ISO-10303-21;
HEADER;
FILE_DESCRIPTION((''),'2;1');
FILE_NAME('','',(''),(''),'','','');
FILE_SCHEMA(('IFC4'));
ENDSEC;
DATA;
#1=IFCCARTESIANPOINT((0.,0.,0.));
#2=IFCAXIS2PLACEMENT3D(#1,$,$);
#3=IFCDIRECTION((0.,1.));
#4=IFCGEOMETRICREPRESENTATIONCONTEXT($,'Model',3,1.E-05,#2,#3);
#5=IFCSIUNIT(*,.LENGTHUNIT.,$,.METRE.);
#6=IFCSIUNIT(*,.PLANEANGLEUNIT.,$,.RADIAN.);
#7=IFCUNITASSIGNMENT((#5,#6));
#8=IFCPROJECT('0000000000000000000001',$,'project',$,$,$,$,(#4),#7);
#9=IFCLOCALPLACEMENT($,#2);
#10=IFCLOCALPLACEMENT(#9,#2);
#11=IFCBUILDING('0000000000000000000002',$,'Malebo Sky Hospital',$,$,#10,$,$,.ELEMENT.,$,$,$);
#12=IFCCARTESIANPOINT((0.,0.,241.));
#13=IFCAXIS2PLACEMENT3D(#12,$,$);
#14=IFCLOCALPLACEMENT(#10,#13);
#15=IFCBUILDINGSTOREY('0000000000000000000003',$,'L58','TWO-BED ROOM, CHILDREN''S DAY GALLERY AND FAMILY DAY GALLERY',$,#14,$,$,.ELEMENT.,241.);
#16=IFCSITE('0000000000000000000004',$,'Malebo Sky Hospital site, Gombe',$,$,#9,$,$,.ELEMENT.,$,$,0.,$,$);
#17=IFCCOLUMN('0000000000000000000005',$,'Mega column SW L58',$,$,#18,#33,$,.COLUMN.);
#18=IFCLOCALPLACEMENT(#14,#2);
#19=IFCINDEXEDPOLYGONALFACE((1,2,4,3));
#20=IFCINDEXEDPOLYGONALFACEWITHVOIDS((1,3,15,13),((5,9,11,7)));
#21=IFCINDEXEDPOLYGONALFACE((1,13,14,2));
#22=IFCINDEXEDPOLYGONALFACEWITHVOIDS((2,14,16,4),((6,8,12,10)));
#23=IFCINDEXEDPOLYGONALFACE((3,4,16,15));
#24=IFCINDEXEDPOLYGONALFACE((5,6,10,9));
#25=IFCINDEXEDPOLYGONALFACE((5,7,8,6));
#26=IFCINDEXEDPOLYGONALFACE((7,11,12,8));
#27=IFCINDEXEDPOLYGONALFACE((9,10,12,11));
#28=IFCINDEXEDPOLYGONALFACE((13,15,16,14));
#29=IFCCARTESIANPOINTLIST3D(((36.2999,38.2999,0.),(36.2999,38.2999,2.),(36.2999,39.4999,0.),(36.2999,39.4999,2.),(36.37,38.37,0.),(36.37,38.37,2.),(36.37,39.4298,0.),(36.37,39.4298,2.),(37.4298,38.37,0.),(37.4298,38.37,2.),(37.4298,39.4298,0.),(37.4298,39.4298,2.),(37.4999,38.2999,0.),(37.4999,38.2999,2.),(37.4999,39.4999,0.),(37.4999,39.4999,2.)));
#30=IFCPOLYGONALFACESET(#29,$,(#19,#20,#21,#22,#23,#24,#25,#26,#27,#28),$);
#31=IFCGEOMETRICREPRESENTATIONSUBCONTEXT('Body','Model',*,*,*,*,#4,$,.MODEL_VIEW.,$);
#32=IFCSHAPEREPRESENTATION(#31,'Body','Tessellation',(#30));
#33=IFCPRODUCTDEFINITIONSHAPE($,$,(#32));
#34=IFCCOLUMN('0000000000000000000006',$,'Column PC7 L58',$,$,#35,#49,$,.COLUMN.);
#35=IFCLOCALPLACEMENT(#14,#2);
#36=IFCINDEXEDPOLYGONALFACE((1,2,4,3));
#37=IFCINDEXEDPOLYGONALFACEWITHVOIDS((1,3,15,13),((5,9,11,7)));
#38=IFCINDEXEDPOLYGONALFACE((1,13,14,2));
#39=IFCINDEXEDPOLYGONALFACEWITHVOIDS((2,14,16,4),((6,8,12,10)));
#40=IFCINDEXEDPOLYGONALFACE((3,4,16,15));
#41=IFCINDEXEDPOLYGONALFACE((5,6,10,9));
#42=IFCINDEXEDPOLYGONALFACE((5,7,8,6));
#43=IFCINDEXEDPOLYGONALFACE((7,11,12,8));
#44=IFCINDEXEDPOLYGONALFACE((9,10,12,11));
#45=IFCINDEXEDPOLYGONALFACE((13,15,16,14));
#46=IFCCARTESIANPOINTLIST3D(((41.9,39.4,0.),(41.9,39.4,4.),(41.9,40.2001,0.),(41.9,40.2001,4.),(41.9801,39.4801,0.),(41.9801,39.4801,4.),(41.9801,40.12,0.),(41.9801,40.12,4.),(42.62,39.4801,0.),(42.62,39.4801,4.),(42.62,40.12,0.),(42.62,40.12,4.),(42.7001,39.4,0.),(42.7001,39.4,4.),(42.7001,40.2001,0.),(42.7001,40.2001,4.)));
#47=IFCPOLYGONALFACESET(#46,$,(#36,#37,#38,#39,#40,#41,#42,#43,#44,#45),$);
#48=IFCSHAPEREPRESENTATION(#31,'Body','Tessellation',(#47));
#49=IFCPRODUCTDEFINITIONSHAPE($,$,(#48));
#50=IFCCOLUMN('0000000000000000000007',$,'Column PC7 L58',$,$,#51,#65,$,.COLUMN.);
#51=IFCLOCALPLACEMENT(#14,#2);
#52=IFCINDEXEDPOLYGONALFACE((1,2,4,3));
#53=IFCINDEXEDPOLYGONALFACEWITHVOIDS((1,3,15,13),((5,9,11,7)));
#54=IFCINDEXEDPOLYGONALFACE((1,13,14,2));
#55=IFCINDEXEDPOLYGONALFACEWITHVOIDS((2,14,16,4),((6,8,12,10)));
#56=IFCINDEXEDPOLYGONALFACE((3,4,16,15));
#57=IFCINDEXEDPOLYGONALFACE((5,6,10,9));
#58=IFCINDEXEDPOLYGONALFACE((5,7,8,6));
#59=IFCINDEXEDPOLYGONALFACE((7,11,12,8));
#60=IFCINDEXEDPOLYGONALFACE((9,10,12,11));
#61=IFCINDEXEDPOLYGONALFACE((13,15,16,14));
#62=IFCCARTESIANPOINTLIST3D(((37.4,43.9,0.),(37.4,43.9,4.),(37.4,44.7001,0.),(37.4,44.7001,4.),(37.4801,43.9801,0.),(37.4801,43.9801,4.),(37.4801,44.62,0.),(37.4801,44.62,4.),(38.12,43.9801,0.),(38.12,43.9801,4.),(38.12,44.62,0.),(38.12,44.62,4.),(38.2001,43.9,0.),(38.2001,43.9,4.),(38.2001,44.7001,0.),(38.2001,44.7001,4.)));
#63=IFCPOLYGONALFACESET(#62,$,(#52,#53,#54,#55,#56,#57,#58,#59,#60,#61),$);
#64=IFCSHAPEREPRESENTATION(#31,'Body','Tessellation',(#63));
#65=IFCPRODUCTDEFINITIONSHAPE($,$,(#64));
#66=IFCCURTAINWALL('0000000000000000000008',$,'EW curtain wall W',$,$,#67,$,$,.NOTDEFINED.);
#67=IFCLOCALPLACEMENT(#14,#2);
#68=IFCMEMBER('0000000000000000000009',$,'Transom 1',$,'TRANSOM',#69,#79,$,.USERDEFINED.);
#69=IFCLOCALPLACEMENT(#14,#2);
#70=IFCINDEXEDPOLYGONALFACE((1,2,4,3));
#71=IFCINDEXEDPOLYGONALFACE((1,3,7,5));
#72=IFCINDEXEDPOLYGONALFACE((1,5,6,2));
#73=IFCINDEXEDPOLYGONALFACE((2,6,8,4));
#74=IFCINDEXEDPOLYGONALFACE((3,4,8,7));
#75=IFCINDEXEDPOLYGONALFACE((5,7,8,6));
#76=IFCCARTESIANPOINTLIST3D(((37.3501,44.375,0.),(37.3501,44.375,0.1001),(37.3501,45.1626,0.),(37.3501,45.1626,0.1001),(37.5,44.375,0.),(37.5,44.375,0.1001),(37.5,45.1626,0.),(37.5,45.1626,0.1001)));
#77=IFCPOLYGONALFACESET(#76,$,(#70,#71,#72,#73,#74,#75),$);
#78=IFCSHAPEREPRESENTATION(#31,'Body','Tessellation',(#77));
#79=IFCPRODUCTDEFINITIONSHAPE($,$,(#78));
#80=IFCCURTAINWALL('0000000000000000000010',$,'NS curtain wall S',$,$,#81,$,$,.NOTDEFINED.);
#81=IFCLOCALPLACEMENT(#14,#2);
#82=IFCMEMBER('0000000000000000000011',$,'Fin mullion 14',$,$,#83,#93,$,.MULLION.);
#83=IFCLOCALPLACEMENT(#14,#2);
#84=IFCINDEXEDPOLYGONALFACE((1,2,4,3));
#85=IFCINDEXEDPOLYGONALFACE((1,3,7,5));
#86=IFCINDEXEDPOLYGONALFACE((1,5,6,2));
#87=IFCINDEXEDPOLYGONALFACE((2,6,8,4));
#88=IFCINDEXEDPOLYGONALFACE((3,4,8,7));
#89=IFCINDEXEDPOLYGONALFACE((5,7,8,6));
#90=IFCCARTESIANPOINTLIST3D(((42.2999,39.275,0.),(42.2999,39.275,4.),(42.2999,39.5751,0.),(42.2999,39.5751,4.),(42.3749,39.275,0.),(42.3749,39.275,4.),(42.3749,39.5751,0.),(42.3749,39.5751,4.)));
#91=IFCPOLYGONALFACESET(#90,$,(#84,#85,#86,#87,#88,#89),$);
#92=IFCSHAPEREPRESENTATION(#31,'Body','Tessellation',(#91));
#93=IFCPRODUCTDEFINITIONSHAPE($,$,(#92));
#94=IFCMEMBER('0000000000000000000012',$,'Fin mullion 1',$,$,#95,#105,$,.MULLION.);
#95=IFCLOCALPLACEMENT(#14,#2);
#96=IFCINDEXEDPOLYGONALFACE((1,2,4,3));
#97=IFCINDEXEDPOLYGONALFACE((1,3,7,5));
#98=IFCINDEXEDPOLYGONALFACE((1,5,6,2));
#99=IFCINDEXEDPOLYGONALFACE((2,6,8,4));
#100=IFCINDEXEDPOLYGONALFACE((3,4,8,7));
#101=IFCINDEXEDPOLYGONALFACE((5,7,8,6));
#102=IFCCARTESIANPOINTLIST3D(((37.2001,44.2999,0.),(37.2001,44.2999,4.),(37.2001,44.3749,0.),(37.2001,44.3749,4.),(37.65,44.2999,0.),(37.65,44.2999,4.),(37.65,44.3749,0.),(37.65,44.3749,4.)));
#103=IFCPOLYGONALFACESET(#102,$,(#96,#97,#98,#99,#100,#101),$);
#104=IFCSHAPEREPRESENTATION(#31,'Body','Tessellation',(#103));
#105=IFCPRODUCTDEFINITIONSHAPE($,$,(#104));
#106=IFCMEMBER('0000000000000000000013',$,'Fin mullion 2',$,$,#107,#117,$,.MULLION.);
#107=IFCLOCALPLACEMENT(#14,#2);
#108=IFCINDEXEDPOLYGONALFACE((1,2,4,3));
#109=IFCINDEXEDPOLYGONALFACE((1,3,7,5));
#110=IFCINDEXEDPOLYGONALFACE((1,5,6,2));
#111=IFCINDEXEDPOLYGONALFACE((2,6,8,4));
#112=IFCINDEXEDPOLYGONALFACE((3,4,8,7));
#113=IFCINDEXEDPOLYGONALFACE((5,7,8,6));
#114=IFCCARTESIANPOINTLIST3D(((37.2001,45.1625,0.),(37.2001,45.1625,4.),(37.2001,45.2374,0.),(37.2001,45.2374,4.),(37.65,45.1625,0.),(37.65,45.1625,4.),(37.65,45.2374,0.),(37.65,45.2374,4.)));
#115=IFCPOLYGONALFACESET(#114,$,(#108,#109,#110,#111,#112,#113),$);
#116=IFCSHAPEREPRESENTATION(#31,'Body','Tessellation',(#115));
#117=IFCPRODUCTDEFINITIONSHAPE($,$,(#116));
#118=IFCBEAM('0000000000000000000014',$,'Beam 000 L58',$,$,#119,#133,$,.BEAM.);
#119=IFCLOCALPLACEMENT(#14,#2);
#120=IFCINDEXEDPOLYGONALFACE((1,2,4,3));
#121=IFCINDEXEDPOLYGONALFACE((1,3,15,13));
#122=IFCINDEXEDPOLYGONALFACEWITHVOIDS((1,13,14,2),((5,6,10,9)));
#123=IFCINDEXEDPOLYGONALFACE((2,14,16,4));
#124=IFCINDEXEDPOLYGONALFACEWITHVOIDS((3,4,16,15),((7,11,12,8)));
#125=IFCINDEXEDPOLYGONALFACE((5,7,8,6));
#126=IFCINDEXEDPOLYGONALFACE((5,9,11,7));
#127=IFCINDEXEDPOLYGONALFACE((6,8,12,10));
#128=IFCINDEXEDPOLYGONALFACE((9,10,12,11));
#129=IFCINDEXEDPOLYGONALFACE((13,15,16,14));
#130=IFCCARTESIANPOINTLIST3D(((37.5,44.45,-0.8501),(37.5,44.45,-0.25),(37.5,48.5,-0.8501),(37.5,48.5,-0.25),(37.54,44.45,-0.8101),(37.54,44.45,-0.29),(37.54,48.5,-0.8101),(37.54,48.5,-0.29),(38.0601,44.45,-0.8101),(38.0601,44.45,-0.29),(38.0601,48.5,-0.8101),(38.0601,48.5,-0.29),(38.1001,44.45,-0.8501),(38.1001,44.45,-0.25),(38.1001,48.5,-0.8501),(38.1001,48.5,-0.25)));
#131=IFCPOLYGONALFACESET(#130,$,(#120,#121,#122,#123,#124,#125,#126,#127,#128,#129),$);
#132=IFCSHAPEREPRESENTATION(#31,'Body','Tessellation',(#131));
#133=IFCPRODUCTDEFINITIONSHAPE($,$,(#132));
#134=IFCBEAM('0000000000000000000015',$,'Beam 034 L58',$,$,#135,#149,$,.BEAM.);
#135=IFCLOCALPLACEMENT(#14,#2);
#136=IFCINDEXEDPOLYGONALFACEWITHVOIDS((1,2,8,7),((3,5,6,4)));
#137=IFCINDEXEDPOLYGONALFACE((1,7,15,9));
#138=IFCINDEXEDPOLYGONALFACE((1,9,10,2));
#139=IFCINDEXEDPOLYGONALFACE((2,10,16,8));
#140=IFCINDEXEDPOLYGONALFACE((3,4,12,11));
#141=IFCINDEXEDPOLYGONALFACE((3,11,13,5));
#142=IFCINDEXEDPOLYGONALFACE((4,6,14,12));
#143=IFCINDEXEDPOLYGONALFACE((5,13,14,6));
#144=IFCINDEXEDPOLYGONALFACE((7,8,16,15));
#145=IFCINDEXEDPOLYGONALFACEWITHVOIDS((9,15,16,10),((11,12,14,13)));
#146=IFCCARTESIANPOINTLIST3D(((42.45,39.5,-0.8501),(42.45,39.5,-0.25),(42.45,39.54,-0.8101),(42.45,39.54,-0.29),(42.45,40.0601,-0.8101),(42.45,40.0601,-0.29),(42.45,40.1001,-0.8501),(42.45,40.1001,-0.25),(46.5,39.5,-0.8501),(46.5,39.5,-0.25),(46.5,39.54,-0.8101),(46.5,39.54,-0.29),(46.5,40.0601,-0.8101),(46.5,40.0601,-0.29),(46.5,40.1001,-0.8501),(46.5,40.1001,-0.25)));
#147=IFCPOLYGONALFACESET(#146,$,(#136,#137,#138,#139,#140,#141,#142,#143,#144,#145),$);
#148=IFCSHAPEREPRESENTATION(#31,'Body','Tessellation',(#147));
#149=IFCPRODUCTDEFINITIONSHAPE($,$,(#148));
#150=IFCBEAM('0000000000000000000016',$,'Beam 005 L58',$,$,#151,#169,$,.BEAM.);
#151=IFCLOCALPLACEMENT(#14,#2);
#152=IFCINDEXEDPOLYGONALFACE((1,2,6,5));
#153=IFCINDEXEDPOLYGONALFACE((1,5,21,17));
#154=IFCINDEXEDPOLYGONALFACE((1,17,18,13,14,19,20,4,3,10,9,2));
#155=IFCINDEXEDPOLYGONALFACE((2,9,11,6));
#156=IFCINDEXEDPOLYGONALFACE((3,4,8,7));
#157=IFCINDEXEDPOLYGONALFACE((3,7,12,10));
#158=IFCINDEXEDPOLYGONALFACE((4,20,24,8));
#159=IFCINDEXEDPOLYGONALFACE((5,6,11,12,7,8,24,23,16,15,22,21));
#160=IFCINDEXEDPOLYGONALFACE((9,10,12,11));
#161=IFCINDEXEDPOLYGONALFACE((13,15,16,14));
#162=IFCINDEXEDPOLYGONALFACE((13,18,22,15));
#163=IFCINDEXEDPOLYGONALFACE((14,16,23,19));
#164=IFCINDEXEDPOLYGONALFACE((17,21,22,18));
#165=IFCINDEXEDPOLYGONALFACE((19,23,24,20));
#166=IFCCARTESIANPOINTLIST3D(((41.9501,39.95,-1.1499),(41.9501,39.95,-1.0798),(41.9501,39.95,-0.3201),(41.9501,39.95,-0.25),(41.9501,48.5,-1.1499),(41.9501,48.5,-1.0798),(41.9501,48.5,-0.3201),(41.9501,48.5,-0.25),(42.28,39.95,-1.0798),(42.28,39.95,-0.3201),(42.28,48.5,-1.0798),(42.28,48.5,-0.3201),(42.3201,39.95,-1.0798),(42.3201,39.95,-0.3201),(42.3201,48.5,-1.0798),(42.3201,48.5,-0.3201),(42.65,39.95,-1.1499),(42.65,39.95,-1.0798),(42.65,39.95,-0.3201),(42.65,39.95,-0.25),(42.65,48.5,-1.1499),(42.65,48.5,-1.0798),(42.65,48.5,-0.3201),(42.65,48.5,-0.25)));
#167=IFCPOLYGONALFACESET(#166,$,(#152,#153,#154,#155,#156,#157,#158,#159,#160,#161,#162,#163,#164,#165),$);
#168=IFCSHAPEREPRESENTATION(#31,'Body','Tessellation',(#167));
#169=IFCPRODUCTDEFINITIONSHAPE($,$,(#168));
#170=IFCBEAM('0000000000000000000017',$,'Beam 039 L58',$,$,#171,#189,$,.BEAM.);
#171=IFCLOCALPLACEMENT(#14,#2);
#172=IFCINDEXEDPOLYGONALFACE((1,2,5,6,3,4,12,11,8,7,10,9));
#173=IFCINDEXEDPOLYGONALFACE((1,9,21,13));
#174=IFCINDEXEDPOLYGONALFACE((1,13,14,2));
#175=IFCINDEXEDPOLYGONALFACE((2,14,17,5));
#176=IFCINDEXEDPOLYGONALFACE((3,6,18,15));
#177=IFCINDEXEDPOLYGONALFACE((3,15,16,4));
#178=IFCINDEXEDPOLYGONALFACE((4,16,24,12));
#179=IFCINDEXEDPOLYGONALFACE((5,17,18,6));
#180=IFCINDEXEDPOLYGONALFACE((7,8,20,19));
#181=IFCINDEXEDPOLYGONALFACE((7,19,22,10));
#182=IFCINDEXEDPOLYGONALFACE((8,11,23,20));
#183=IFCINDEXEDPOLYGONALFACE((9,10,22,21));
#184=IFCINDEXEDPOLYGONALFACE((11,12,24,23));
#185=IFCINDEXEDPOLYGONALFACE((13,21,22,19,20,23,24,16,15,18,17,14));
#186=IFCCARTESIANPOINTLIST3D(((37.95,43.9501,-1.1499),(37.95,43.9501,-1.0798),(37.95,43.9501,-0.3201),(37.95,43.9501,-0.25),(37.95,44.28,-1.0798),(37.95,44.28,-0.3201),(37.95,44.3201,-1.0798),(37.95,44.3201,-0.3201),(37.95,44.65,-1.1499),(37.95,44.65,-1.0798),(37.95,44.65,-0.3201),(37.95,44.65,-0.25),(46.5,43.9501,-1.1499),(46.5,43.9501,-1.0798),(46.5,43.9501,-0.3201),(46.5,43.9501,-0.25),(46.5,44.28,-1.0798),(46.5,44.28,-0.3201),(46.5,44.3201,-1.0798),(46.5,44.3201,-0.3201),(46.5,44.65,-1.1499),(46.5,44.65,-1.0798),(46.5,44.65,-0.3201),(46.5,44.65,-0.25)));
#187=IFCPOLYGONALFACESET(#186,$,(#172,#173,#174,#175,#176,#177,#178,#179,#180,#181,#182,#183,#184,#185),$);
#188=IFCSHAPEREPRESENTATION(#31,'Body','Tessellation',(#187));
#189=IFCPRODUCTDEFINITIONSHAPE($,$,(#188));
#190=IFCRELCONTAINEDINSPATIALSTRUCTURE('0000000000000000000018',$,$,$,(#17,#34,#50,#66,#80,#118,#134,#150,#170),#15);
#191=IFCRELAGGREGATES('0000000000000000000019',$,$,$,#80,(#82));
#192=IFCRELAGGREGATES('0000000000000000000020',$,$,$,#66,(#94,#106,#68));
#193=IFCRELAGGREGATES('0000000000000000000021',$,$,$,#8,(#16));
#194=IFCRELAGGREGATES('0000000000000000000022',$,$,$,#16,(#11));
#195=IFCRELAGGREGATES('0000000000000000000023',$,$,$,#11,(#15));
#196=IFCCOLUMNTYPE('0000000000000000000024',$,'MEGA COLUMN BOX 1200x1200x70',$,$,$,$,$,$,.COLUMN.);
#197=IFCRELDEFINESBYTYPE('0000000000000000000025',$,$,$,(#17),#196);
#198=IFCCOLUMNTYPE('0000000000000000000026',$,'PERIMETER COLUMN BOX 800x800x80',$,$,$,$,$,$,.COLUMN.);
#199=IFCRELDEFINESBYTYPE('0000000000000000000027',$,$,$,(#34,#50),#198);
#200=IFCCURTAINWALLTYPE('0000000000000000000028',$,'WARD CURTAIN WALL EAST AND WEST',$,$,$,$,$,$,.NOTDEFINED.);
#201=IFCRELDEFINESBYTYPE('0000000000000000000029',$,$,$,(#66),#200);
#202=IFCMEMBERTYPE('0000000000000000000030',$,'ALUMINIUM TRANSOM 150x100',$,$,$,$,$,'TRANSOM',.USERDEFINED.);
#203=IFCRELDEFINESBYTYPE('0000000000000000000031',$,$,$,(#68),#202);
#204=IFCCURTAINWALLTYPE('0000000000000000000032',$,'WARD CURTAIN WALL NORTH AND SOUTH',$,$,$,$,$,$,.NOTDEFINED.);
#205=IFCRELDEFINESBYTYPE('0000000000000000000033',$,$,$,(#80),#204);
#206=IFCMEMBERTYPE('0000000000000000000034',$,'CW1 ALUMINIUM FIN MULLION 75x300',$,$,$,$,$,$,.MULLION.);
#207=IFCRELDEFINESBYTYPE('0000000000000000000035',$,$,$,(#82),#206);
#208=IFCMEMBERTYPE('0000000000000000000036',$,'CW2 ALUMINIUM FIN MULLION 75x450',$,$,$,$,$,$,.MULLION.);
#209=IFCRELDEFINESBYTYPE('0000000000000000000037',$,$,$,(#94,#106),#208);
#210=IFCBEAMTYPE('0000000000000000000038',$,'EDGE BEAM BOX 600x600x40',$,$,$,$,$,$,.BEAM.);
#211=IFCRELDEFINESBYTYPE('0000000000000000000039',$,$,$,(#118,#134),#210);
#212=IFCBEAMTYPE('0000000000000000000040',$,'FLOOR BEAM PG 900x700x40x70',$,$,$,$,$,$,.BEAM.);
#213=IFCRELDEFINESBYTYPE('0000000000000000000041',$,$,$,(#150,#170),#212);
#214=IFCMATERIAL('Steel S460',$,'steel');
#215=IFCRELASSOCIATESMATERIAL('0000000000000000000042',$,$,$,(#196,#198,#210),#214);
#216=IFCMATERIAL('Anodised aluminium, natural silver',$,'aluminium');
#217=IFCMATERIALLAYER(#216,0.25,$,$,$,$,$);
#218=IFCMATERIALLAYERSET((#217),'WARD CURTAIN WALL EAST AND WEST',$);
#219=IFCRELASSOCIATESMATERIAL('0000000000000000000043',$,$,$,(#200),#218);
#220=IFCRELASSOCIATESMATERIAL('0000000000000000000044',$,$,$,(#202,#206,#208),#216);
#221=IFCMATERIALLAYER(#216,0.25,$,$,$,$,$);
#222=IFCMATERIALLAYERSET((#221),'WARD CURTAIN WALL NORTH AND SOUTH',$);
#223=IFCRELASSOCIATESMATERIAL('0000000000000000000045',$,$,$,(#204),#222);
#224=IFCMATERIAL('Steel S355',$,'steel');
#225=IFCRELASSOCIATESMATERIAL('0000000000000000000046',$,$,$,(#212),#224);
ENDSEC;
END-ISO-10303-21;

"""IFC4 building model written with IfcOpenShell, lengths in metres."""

from ifc_helpers import new_model, si_unit, direction, frame, origin, origin_2d, place, context, subcontext, project, spatial, rectangle, hollow_rectangle, i_section, extrude, material, layer, layer_set, material_profile, profile_set, type_object, element, aggregate, save


model = new_model("IFC4")

# Units and contexts
model_context = context("Model", 3, precision=1e-05, world=origin(), true_north=direction((0.0, 1.0)))
body_context = subcontext(model_context, "Body", "Model", "MODEL_VIEW")
ifc_project = project(units=[si_unit("LENGTHUNIT", "METRE"), si_unit("PLANEANGLEUNIT", "RADIAN")], contexts=[model_context])

# Site, building, storey
site_placement = place(None, origin())
site = spatial("IfcSite", under=ifc_project, at=site_placement, Name="Malebo Sky Hospital site, Gombe", CompositionType="ELEMENT", RefElevation=0.0)
building_placement = place(site_placement, origin())
building = spatial("IfcBuilding", under=site, at=building_placement, Name="Malebo Sky Hospital", CompositionType="ELEMENT")
storey_placement = place(building_placement, frame((0.0, 0.0, 241.0)))
storey = spatial("IfcBuildingStorey", under=building, at=storey_placement, Name="L58", Description="TWO-BED ROOM, CHILDREN'S DAY GALLERY AND FAMILY DAY GALLERY", CompositionType="ELEMENT", Elevation=241.0)

# Columns
ifc_material_1 = material(Name="Steel S460", Category="steel")
ifc_material_profile_1 = material_profile(ifc_material_1, hollow_rectangle(XDim=1.2, YDim=1.2, WallThickness=0.0701, at=origin_2d()), Name="BOX 1200x1200x70")
ifc_profile_set_1 = profile_set([ifc_material_profile_1], Name="Steel S460")
column_type_1 = type_object("IfcColumnType", Name="MEGA COLUMN BOX 1200x1200x70", PredefinedType="COLUMN", material=ifc_profile_set_1)
column_placement = place(storey_placement, frame((36.8999, 38.8999, 0.0), z_axis=(0.0, 0.0, 1.0), x_axis=(1.0, 0.0, 0.0)))
element("IfcColumn", 1, at=column_placement, inside=storey, type_object=column_type_1, Name="Mega column SW L58", PredefinedType="COLUMN", context=body_context, shape_type="SweptSolid", body=[
    extrude(hollow_rectangle(XDim=1.2, YDim=1.2, WallThickness=0.0701, at=origin_2d()), origin(), (0.0, 0.0, 1.0), 2.0),
])
ifc_material_profile_2 = material_profile(ifc_material_1, hollow_rectangle(XDim=0.8, YDim=0.8, WallThickness=0.0801, at=origin_2d()), Name="BOX 800x800x80")
ifc_profile_set_2 = profile_set([ifc_material_profile_2], Name="Steel S460")
column_type_2 = type_object("IfcColumnType", Name="PERIMETER COLUMN BOX 800x800x80", PredefinedType="COLUMN", material=ifc_profile_set_2)
for number, where, z_axis, x_axis, name in (
    (2, (42.3, 39.8, 0.0), (0.0, 0.0, 1.0), (1.0, 0.0, 0.0), "Column PC7 L58"),
    (3, (37.8, 44.3, 0.0), (0.0, 0.0, 1.0), (1.0, 0.0, 0.0), "Column PC7 L58"),
):
    element("IfcColumn", number, at=place(storey_placement, frame(where, z_axis=z_axis, x_axis=x_axis)), inside=storey, type_object=column_type_2, Name=name, PredefinedType="COLUMN", context=body_context, shape_type="SweptSolid", body=[
        extrude(hollow_rectangle(XDim=0.8, YDim=0.8, WallThickness=0.0801, at=origin_2d()), origin(), (0.0, 0.0, 1.0), 4.0),
    ])

# Curtain walls, members
ifc_material_2 = material(Name="Anodised aluminium, natural silver", Category="aluminium")
ifc_layer_1 = layer(ifc_material_2, 0.25)
ifc_layer_set_1 = layer_set([ifc_layer_1], Name="WARD CURTAIN WALL EAST AND WEST")
curtain_wall_type_1 = type_object("IfcCurtainWallType", Name="WARD CURTAIN WALL EAST AND WEST", PredefinedType="NOTDEFINED", material=ifc_layer_set_1)
curtain_wall_1_placement = place(storey_placement, origin())
curtain_wall_1 = element("IfcCurtainWall", 4, at=curtain_wall_1_placement, inside=storey, type_object=curtain_wall_type_1, Name="EW curtain wall W", PredefinedType="NOTDEFINED")
ifc_material_profile_3 = material_profile(ifc_material_2, rectangle(XDim=0.1499, YDim=0.1001, at=origin_2d()), Name="ALUMINIUM TRANSOM 150x100")
ifc_profile_set_3 = profile_set([ifc_material_profile_3], Name="Anodised aluminium, natural silver")
member_type_1 = type_object("IfcMemberType", Name="ALUMINIUM TRANSOM 150x100", ElementType="TRANSOM", PredefinedType="USERDEFINED", material=ifc_profile_set_3)
member_1_placement = place(storey_placement, frame((37.425, 44.375, 0.05), z_axis=(0.0, 1.0, 0.0), x_axis=(-1.0, 0.0, 0.0)))
member_1 = element("IfcMember", 5, at=member_1_placement, type_object=member_type_1, Name="Transom 1", ObjectType="TRANSOM", PredefinedType="USERDEFINED", context=body_context, shape_type="SweptSolid", body=[
    extrude(rectangle(XDim=0.1499, YDim=0.1001, at=origin_2d()), origin(), (0.0, 0.0, 1.0), 0.7876),
])
ifc_layer_2 = layer(ifc_material_2, 0.25)
ifc_layer_set_2 = layer_set([ifc_layer_2], Name="WARD CURTAIN WALL NORTH AND SOUTH")
curtain_wall_type_2 = type_object("IfcCurtainWallType", Name="WARD CURTAIN WALL NORTH AND SOUTH", PredefinedType="NOTDEFINED", material=ifc_layer_set_2)
curtain_wall_2_placement = place(storey_placement, origin())
curtain_wall_2 = element("IfcCurtainWall", 6, at=curtain_wall_2_placement, inside=storey, type_object=curtain_wall_type_2, Name="NS curtain wall S", PredefinedType="NOTDEFINED")
ifc_material_profile_4 = material_profile(ifc_material_2, rectangle(XDim=0.075, YDim=0.3, at=origin_2d()), Name="CW1 ALUMINIUM FIN MULLION 75x300")
ifc_profile_set_4 = profile_set([ifc_material_profile_4], Name="Anodised aluminium, natural silver")
member_type_2 = type_object("IfcMemberType", Name="CW1 ALUMINIUM FIN MULLION 75x300", PredefinedType="MULLION", material=ifc_profile_set_4)
member_2_placement = place(storey_placement, frame((42.3374, 39.425, 0.0), z_axis=(0.0, 0.0, 1.0), x_axis=(-1.0, 0.0, 0.0)))
member_2 = element("IfcMember", 7, at=member_2_placement, type_object=member_type_2, Name="Fin mullion 14", PredefinedType="MULLION", context=body_context, shape_type="SweptSolid", body=[
    extrude(rectangle(XDim=0.075, YDim=0.3, at=origin_2d()), origin(), (0.0, 0.0, 1.0), 4.0),
])
aggregate(curtain_wall_2, [member_2])

# Members
ifc_material_profile_5 = material_profile(ifc_material_2, rectangle(XDim=0.075, YDim=0.45, at=origin_2d()), Name="CW2 ALUMINIUM FIN MULLION 75x450")
ifc_profile_set_5 = profile_set([ifc_material_profile_5], Name="Anodised aluminium, natural silver")
member_type_3 = type_object("IfcMemberType", Name="CW2 ALUMINIUM FIN MULLION 75x450", PredefinedType="MULLION", material=ifc_profile_set_5)
member_3_placement = place(storey_placement, frame((37.425, 44.3374, 0.0), z_axis=(0.0, 0.0, 1.0), x_axis=(0.0, 1.0, 0.0)))
member_3 = element("IfcMember", 8, at=member_3_placement, type_object=member_type_3, Name="Fin mullion 1", PredefinedType="MULLION", context=body_context, shape_type="SweptSolid", body=[
    extrude(rectangle(XDim=0.075, YDim=0.45, at=origin_2d()), origin(), (0.0, 0.0, 1.0), 4.0),
])
member_4_placement = place(storey_placement, frame((37.425, 45.2, 0.0), z_axis=(0.0, 0.0, 1.0), x_axis=(0.0, 1.0, 0.0)))
member_4 = element("IfcMember", 9, at=member_4_placement, type_object=member_type_3, Name="Fin mullion 2", PredefinedType="MULLION", context=body_context, shape_type="SweptSolid", body=[
    extrude(rectangle(XDim=0.075, YDim=0.45, at=origin_2d()), origin(), (0.0, 0.0, 1.0), 4.0),
])

# Beams
ifc_material_profile_6 = material_profile(ifc_material_1, hollow_rectangle(XDim=0.6001, YDim=0.6001, WallThickness=0.04, at=origin_2d()), Name="BOX 600x600x40")
ifc_profile_set_6 = profile_set([ifc_material_profile_6], Name="Steel S460")
beam_type_1 = type_object("IfcBeamType", Name="EDGE BEAM BOX 600x600x40", PredefinedType="BEAM", material=ifc_profile_set_6)
for number, where, z_axis, x_axis, name in (
    (10, (37.8, 44.45, -0.55), (0.0, 1.0, 0.0), (-1.0, 0.0, 0.0), "Beam 000 L58"),
    (11, (42.45, 39.8, -0.55), (1.0, 0.0, 0.0), (0.0, 1.0, 0.0), "Beam 034 L58"),
):
    element("IfcBeam", number, at=place(storey_placement, frame(where, z_axis=z_axis, x_axis=x_axis)), inside=storey, type_object=beam_type_1, Name=name, PredefinedType="BEAM", context=body_context, shape_type="SweptSolid", body=[
        extrude(hollow_rectangle(XDim=0.6001, YDim=0.6001, WallThickness=0.04, at=origin_2d()), origin(), (0.0, 0.0, 1.0), 4.05),
    ])
ifc_material_3 = material(Name="Steel S355", Category="steel")
ifc_material_profile_7 = material_profile(ifc_material_3, i_section(OverallWidth=0.7, OverallDepth=0.8999, WebThickness=0.04, FlangeThickness=0.0701, at=origin_2d()), Name="PG 900x700x40x70")
ifc_profile_set_7 = profile_set([ifc_material_profile_7], Name="Steel S355")
beam_type_2 = type_object("IfcBeamType", Name="FLOOR BEAM PG 900x700x40x70", PredefinedType="BEAM", material=ifc_profile_set_7)
for number, where, z_axis, x_axis, name in (
    (12, (42.3, 39.95, -0.7), (0.0, 1.0, 0.0), (-1.0, 0.0, 0.0), "Beam 005 L58"),
    (13, (37.95, 44.3, -0.7), (1.0, 0.0, 0.0), (0.0, 1.0, 0.0), "Beam 039 L58"),
):
    element("IfcBeam", number, at=place(storey_placement, frame(where, z_axis=z_axis, x_axis=x_axis)), inside=storey, type_object=beam_type_2, Name=name, PredefinedType="BEAM", context=body_context, shape_type="SweptSolid", body=[
        extrude(i_section(OverallWidth=0.7, OverallDepth=0.8999, WebThickness=0.04, FlangeThickness=0.0701, at=origin_2d()), origin(), (0.0, 0.0, 1.0), 8.55),
    ])

aggregate(curtain_wall_1, [member_3, member_4, member_1])

save(model, "model.ifc")
